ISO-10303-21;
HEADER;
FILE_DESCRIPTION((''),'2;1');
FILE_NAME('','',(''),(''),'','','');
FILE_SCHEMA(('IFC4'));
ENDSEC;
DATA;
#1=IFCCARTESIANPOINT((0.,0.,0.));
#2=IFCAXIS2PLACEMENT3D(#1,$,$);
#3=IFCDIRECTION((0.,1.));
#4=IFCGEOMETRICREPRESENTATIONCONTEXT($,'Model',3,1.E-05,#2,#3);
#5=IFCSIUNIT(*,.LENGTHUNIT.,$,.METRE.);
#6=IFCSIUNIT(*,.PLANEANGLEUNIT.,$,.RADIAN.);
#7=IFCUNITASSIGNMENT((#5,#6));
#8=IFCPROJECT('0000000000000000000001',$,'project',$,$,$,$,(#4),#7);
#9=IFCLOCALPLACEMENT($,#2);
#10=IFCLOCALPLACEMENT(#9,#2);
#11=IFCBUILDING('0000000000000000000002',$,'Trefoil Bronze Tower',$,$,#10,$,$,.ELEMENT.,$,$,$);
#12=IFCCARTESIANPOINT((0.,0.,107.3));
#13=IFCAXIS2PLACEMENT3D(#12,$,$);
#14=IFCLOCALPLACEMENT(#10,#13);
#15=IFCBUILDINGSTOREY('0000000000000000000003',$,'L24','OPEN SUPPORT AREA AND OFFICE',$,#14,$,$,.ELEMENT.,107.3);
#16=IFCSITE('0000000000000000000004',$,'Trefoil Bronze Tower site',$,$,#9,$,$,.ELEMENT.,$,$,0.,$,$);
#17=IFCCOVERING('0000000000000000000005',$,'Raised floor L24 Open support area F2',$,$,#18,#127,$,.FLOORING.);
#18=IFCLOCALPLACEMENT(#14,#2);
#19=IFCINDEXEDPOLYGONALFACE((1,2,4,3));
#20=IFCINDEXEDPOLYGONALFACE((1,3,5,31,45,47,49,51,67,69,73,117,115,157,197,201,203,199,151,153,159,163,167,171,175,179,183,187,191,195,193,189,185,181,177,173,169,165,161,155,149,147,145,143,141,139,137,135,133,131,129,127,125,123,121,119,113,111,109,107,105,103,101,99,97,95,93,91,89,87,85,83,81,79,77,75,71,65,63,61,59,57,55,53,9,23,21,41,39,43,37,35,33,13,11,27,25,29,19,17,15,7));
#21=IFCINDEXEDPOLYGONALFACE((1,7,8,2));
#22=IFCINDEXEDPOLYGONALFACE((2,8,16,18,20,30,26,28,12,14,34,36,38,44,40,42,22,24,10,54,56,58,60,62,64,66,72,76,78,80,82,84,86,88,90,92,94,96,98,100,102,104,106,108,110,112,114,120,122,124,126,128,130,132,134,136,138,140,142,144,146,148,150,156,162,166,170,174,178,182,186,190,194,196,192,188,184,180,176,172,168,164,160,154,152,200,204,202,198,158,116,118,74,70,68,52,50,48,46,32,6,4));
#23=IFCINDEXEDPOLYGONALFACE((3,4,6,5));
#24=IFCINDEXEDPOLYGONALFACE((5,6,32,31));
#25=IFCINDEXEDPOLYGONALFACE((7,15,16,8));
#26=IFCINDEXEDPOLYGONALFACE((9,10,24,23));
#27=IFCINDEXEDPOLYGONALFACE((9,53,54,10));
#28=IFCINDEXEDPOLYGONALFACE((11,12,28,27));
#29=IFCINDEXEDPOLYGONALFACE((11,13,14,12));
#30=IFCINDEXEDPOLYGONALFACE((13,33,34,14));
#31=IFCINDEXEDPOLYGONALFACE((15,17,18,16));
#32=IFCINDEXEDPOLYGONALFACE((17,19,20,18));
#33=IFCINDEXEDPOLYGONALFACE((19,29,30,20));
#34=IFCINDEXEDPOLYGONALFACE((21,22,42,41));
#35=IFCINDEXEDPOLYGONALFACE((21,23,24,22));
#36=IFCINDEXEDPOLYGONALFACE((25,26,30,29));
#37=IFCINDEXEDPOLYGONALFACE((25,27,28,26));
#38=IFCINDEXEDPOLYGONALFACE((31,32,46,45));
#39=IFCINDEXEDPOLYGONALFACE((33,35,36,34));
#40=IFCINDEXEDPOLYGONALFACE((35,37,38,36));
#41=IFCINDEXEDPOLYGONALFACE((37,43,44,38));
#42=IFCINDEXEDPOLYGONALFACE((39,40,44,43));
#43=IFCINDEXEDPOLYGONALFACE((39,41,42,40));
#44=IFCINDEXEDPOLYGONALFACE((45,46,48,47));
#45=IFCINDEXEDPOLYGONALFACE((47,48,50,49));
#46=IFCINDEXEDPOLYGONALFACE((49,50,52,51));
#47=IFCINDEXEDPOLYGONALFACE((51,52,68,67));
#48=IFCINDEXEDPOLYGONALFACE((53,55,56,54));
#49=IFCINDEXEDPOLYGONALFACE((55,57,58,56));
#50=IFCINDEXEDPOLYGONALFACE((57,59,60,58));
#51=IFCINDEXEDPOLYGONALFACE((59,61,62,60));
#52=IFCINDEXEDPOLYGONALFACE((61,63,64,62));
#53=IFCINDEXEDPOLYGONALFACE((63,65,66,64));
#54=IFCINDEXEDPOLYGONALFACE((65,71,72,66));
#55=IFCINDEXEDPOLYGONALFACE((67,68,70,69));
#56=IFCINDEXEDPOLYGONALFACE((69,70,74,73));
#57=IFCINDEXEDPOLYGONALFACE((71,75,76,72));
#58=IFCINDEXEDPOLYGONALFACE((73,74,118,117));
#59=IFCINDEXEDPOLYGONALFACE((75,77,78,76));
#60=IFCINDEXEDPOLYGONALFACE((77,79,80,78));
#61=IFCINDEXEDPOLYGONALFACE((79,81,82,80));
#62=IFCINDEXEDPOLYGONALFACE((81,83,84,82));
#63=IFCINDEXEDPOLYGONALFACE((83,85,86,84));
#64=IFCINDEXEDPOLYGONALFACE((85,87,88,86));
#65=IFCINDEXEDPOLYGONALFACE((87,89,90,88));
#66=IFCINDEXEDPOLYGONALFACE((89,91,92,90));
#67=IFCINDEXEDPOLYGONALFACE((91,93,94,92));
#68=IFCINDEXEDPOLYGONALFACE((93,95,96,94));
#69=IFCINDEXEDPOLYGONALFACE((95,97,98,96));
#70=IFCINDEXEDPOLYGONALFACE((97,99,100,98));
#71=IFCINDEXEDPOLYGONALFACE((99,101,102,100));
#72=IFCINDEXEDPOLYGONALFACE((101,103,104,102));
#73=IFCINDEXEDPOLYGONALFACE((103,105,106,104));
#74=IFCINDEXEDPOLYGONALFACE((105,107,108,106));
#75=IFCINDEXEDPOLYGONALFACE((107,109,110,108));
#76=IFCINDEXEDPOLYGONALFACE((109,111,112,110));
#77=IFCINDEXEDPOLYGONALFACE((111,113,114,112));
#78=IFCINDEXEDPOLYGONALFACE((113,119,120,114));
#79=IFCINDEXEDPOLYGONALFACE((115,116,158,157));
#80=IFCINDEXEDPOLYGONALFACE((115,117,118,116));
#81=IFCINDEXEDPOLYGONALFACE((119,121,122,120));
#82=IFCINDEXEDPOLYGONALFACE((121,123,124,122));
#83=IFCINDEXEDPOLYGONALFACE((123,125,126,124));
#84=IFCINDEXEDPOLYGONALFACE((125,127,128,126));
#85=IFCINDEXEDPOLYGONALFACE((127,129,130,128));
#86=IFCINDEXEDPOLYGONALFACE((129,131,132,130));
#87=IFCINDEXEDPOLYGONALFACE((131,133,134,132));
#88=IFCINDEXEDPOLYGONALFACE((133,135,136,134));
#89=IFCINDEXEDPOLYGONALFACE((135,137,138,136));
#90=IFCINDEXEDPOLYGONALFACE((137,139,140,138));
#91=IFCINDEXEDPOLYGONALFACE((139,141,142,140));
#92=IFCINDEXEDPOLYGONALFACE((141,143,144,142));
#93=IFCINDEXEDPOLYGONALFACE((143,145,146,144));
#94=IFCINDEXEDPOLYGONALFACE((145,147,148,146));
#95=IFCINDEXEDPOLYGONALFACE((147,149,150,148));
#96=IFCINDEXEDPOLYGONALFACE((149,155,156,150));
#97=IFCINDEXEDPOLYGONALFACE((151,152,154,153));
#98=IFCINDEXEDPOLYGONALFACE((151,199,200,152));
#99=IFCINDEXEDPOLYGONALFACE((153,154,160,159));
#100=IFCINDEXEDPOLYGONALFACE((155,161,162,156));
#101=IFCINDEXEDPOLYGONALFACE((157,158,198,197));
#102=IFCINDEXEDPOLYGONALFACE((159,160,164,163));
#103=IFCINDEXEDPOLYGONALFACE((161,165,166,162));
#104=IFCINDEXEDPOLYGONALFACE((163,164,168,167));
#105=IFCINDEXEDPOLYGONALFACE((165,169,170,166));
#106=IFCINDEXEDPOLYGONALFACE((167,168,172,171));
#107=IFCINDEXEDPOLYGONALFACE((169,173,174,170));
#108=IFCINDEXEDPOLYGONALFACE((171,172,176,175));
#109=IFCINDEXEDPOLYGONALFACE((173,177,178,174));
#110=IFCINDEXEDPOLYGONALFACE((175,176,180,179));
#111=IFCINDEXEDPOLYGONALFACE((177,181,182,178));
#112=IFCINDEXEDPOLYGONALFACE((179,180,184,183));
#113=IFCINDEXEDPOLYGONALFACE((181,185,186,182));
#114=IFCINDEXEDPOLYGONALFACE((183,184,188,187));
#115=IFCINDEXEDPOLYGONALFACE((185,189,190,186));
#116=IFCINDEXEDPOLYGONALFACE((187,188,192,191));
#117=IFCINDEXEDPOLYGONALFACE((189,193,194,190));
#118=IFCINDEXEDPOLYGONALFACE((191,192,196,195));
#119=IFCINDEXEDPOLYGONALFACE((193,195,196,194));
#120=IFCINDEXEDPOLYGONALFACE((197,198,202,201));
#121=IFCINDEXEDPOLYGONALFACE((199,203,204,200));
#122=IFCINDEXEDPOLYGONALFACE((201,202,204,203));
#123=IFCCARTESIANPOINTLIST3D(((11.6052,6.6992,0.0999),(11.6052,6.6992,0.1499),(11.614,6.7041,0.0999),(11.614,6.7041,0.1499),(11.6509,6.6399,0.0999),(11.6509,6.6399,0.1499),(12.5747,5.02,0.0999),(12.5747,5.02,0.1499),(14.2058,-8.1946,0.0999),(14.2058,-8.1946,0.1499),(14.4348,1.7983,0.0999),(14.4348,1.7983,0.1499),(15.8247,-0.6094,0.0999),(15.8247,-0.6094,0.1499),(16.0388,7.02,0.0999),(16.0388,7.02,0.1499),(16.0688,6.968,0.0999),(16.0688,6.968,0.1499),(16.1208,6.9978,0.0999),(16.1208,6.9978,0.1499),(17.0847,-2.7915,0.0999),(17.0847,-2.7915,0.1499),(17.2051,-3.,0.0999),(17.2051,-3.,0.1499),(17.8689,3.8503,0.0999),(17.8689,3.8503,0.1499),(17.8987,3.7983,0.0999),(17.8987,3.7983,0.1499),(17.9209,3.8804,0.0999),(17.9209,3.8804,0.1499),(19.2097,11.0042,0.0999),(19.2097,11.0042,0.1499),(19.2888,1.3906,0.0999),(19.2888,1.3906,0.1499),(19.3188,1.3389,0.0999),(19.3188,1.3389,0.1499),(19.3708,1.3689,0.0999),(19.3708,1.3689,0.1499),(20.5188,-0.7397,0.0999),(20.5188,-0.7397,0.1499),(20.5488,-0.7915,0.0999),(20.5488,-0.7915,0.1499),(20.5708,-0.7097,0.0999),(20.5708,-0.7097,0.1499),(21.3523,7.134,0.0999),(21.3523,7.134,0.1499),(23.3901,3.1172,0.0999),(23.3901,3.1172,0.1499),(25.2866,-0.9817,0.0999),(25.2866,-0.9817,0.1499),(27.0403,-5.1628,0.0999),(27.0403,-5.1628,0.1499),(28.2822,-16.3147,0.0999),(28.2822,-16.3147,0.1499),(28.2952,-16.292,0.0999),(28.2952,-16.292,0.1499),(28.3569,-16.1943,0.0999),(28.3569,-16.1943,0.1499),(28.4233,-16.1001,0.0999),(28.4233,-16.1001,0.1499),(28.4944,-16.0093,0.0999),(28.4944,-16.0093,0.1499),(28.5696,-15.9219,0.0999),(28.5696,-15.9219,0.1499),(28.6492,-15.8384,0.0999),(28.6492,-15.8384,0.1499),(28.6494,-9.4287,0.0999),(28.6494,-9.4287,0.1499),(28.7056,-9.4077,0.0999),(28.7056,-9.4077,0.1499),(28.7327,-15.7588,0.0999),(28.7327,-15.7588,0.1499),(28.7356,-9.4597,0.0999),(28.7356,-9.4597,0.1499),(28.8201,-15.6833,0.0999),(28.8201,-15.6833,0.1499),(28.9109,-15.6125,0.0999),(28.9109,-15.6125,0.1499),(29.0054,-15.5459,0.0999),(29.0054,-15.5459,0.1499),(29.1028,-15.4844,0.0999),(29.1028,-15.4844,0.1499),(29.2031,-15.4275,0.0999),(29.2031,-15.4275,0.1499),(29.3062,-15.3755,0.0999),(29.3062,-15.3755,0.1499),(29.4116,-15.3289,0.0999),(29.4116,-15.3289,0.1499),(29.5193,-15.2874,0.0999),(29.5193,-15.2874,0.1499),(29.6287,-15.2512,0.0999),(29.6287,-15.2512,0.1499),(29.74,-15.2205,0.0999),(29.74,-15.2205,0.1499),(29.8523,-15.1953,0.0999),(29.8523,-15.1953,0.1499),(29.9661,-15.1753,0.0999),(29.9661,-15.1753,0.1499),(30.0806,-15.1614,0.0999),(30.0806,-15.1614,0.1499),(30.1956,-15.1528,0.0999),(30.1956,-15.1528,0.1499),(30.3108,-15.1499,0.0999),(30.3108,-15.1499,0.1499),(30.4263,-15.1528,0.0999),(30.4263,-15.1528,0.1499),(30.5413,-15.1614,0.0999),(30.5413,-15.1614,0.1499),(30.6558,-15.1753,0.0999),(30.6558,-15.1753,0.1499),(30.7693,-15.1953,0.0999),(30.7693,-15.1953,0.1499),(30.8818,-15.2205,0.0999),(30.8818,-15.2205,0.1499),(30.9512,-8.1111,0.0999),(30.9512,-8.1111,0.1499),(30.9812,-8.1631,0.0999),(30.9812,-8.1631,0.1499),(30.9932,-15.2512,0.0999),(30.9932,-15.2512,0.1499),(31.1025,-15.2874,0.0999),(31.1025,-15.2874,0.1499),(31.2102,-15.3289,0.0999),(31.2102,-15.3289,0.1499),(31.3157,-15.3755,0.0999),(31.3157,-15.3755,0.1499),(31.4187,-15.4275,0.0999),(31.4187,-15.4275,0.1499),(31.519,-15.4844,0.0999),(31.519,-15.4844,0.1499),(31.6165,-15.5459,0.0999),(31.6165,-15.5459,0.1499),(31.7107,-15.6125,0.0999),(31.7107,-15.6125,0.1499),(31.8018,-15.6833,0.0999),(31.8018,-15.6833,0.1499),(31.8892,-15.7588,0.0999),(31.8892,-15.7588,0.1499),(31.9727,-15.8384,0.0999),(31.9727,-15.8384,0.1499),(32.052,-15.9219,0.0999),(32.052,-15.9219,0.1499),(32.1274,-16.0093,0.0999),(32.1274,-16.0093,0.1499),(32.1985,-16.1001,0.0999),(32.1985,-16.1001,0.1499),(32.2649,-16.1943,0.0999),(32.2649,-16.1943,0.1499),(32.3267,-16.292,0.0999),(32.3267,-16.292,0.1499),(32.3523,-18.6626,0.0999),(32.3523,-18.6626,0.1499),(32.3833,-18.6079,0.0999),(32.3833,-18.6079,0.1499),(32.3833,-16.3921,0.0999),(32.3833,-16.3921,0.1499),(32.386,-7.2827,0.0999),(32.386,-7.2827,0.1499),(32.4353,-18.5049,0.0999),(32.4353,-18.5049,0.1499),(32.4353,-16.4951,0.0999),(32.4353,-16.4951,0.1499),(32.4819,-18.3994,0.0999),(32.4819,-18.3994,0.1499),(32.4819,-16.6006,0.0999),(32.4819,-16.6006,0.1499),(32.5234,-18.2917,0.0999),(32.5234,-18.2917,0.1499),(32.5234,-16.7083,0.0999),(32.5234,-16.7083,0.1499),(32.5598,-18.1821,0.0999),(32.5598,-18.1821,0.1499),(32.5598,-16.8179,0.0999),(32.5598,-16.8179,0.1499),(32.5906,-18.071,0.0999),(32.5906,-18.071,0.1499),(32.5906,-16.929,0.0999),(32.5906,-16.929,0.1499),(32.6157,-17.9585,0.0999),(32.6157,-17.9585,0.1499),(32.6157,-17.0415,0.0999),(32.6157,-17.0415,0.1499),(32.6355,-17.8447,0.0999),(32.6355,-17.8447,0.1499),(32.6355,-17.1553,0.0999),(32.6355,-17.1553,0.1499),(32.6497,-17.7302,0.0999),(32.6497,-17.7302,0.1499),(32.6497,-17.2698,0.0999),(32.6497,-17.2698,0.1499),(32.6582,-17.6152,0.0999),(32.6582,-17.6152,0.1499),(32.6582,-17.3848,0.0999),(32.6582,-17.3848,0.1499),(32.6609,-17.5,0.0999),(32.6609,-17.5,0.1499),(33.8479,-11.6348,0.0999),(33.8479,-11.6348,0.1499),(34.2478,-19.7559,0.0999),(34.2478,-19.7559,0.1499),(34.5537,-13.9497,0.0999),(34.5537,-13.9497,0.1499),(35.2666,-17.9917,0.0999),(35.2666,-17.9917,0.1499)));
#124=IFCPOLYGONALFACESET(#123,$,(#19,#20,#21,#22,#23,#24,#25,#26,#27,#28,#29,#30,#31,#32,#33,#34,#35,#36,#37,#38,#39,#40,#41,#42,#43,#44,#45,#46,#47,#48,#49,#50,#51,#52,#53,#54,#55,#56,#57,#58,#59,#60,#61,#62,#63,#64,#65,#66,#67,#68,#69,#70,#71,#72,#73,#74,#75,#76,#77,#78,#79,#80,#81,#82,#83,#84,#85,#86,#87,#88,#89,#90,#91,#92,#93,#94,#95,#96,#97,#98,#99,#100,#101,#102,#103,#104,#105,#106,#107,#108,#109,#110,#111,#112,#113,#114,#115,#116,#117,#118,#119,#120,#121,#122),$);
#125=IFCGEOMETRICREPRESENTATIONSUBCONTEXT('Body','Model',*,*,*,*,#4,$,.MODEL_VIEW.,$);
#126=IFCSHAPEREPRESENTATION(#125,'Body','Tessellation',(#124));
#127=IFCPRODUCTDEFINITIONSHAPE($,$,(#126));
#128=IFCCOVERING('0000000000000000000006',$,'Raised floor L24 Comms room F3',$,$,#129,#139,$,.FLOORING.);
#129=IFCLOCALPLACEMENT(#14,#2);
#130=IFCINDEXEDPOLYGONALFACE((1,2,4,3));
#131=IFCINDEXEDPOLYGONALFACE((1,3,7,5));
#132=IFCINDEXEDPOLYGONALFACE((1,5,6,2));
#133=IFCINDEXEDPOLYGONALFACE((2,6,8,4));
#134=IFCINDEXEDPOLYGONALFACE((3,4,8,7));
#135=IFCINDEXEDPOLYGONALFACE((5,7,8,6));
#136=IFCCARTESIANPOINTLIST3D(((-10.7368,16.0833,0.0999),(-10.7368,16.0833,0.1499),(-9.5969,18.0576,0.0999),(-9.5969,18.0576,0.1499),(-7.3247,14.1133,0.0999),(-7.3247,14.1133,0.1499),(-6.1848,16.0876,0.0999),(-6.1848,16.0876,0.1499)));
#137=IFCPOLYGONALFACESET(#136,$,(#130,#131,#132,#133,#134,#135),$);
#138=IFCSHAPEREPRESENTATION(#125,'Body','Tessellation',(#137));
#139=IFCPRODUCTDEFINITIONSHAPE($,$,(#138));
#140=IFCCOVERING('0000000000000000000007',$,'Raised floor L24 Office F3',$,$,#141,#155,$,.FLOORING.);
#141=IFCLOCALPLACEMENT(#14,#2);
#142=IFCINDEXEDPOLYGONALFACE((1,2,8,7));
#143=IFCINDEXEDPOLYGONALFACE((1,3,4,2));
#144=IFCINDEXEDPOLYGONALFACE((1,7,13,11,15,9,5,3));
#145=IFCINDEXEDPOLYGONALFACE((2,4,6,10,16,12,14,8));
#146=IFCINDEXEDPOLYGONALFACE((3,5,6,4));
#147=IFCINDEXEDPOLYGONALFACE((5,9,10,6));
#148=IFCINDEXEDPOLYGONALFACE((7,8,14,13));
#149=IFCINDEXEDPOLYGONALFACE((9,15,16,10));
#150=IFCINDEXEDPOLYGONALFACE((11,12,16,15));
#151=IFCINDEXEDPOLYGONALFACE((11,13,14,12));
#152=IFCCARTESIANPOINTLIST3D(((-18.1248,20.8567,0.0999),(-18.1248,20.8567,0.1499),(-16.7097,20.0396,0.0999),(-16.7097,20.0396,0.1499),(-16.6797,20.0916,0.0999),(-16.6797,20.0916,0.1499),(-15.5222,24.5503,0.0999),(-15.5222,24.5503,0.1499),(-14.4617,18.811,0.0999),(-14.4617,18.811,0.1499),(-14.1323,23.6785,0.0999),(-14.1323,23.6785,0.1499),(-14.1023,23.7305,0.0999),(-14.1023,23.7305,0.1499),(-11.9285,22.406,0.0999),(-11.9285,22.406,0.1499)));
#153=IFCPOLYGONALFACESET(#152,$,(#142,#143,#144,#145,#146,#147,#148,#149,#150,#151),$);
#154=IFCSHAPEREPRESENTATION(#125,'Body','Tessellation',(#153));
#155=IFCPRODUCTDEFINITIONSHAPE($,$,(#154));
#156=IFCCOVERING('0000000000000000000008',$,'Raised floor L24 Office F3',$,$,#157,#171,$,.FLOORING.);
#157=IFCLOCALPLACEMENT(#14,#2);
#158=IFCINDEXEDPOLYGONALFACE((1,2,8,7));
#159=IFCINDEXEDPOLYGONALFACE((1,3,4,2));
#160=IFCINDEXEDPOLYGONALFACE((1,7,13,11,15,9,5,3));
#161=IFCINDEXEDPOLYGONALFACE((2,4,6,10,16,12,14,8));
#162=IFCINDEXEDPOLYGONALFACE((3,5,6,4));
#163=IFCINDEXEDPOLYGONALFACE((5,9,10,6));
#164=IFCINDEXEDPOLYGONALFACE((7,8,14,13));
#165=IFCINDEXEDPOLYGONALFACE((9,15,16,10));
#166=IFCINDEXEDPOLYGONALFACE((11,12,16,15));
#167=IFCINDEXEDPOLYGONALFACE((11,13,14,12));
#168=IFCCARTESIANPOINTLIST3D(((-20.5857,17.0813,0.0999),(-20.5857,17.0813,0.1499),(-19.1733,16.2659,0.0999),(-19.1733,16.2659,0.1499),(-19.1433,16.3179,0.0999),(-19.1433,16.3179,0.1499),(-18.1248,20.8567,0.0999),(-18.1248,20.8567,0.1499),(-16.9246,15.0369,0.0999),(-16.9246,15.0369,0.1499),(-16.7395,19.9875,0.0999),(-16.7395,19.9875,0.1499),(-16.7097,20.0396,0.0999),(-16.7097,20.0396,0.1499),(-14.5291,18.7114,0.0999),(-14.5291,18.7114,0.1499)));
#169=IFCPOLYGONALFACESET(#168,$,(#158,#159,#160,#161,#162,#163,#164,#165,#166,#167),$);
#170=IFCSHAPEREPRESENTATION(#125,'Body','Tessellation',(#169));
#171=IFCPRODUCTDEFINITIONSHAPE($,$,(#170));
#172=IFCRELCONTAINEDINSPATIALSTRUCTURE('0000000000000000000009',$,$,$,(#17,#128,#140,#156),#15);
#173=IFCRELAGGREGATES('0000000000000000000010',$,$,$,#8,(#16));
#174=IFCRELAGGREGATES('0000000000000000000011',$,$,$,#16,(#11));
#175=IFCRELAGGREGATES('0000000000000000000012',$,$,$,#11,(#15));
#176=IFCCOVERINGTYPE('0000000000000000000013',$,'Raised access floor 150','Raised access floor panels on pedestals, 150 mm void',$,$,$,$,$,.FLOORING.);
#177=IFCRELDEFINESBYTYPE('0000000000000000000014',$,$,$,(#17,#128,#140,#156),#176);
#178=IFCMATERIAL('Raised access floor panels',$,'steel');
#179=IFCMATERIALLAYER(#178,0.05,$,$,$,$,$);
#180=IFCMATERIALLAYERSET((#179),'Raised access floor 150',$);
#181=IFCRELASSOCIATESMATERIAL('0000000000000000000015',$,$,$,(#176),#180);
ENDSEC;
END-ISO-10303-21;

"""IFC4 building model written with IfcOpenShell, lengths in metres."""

from ifc_helpers import new_model, si_unit, direction, frame, origin, place, context, subcontext, project, spatial, polyline, outline, extrude, material, layer, layer_set, type_object, element, save


model = new_model("IFC4")

# Units and contexts
model_context = context("Model", 3, precision=1e-05, world=origin(), true_north=direction((0.0, 1.0)))
body_context = subcontext(model_context, "Body", "Model", "MODEL_VIEW")
ifc_project = project(units=[si_unit("LENGTHUNIT", "METRE"), si_unit("PLANEANGLEUNIT", "RADIAN")], contexts=[model_context])

# Site, building, storey
site_placement = place(None, origin())
site = spatial("IfcSite", under=ifc_project, at=site_placement, Name="Trefoil Bronze Tower site", CompositionType="ELEMENT", RefElevation=0.0)
building_placement = place(site_placement, origin())
building = spatial("IfcBuilding", under=site, at=building_placement, Name="Trefoil Bronze Tower", CompositionType="ELEMENT")
storey_placement = place(building_placement, frame((0.0, 0.0, 107.3)))
storey = spatial("IfcBuildingStorey", under=building, at=storey_placement, Name="L24", Description="OPEN SUPPORT AREA AND OFFICE", CompositionType="ELEMENT", Elevation=107.3)

# Coverings
ifc_material_1 = material(Name="Raised access floor panels", Category="steel")
ifc_layer_1 = layer(ifc_material_1, 0.05)
ifc_layer_set_1 = layer_set([ifc_layer_1], Name="Raised access floor 150")
covering_type_1 = type_object("IfcCoveringType", Name="Raised access floor 150", Description="Raised access floor panels on pedestals, 150 mm void", PredefinedType="FLOORING", material=ifc_layer_set_1)
covering_1_placement = place(storey_placement, frame((0.0, 0.0, 0.0999)))
element("IfcCovering", 1, at=covering_1_placement, inside=storey, type_object=covering_type_1, Name="Raised floor L24 Open support area F2", PredefinedType="FLOORING", context=body_context, shape_type="SweptSolid", body=[
    extrude(outline(polyline([(28.2822, -16.3147), (14.2058, -8.1946), (17.2051, -3.0), (17.0847, -2.7915), (20.5488, -0.7915), (20.5188, -0.7397), (20.5708, -0.7097), (19.3708, 1.3689), (19.3188, 1.3389), (19.2888, 1.3906), (15.8247, -0.6094), (14.4348, 1.7983), (17.8987, 3.7983), (17.8689, 3.8503), (17.9209, 3.8804), (16.1208, 6.9978), (16.0688, 6.968), (16.0388, 7.02), (12.5747, 5.02), (11.6052, 6.6992), (11.614, 6.7041), (11.6509, 6.6399), (19.2097, 11.0042), (21.3523, 7.134), (23.3901, 3.1172), (25.2866, -0.9817), (27.0403, -5.1628), (28.6494, -9.4287), (28.7056, -9.4077), (28.7356, -9.4597), (30.9812, -8.1631), (30.9512, -8.1111), (32.386, -7.2827), (33.8479, -11.6348), (34.5537, -13.9497), (35.2666, -17.9917), (34.2478, -19.7559), (32.3523, -18.6626), (32.3833, -18.6079), (32.4353, -18.5049), (32.4819, -18.3994), (32.5234, -18.2917), (32.5598, -18.1821), (32.5906, -18.071), (32.6157, -17.9585), (32.6355, -17.8447), (32.6497, -17.7302), (32.6582, -17.6152), (32.6609, -17.5), (32.6582, -17.3848), (32.6497, -17.2698), (32.6355, -17.1553), (32.6157, -17.0415), (32.5906, -16.929), (32.5598, -16.8179), (32.5234, -16.7083), (32.4819, -16.6006), (32.4353, -16.4951), (32.3833, -16.3921), (32.3267, -16.292), (32.2649, -16.1943), (32.1985, -16.1001), (32.1274, -16.0093), (32.052, -15.9219), (31.9727, -15.8384), (31.8892, -15.7588), (31.8018, -15.6833), (31.7107, -15.6125), (31.6165, -15.5459), (31.519, -15.4844), (31.4187, -15.4275), (31.3157, -15.3755), (31.2102, -15.3289), (31.1025, -15.2874), (30.9932, -15.2512), (30.8818, -15.2205), (30.7693, -15.1953), (30.6558, -15.1753), (30.5413, -15.1614), (30.4263, -15.1528), (30.3108, -15.1499), (30.1956, -15.1528), (30.0806, -15.1614), (29.9661, -15.1753), (29.8523, -15.1953), (29.74, -15.2205), (29.6287, -15.2512), (29.5193, -15.2874), (29.4116, -15.3289), (29.3062, -15.3755), (29.2031, -15.4275), (29.1028, -15.4844), (29.0054, -15.5459), (28.9109, -15.6125), (28.8201, -15.6833), (28.7327, -15.7588), (28.6492, -15.8384), (28.5696, -15.9219), (28.4944, -16.0093), (28.4233, -16.1001), (28.3569, -16.1943), (28.2952, -16.292), (28.2822, -16.3147)])), origin(), (0.0, 0.0, 1.0), 0.05),
])
covering_2_placement = place(storey_placement, frame((0.0, 0.0, 0.0999)))
element("IfcCovering", 2, at=covering_2_placement, inside=storey, type_object=covering_type_1, Name="Raised floor L24 Comms room F3", PredefinedType="FLOORING", context=body_context, shape_type="SweptSolid", body=[
    extrude(outline(polyline([(-7.3247, 14.1133), (-10.7368, 16.0833), (-9.5969, 18.0576), (-6.1848, 16.0876), (-7.3247, 14.1133)])), origin(), (0.0, 0.0, 1.0), 0.05),
])
covering_3_placement = place(storey_placement, frame((0.0, 0.0, 0.0999)))
element("IfcCovering", 3, at=covering_3_placement, inside=storey, type_object=covering_type_1, Name="Raised floor L24 Office F3", PredefinedType="FLOORING", context=body_context, shape_type="SweptSolid", body=[
    extrude(outline(polyline([(-15.5222, 24.5503), (-14.1023, 23.7305), (-14.1323, 23.6785), (-11.9285, 22.406), (-14.4617, 18.811), (-16.6797, 20.0916), (-16.7097, 20.0396), (-18.1248, 20.8567), (-15.5222, 24.5503)])), origin(), (0.0, 0.0, 1.0), 0.05),
])
covering_4_placement = place(storey_placement, frame((0.0, 0.0, 0.0999)))
element("IfcCovering", 4, at=covering_4_placement, inside=storey, type_object=covering_type_1, Name="Raised floor L24 Office F3", PredefinedType="FLOORING", context=body_context, shape_type="SweptSolid", body=[
    extrude(outline(polyline([(-18.1248, 20.8567), (-16.7097, 20.0396), (-16.7395, 19.9875), (-14.5291, 18.7114), (-16.9246, 15.0369), (-19.1433, 16.3179), (-19.1733, 16.2659), (-20.5857, 17.0813), (-18.1248, 20.8567)])), origin(), (0.0, 0.0, 1.0), 0.05),
])

save(model, "model.ifc")
